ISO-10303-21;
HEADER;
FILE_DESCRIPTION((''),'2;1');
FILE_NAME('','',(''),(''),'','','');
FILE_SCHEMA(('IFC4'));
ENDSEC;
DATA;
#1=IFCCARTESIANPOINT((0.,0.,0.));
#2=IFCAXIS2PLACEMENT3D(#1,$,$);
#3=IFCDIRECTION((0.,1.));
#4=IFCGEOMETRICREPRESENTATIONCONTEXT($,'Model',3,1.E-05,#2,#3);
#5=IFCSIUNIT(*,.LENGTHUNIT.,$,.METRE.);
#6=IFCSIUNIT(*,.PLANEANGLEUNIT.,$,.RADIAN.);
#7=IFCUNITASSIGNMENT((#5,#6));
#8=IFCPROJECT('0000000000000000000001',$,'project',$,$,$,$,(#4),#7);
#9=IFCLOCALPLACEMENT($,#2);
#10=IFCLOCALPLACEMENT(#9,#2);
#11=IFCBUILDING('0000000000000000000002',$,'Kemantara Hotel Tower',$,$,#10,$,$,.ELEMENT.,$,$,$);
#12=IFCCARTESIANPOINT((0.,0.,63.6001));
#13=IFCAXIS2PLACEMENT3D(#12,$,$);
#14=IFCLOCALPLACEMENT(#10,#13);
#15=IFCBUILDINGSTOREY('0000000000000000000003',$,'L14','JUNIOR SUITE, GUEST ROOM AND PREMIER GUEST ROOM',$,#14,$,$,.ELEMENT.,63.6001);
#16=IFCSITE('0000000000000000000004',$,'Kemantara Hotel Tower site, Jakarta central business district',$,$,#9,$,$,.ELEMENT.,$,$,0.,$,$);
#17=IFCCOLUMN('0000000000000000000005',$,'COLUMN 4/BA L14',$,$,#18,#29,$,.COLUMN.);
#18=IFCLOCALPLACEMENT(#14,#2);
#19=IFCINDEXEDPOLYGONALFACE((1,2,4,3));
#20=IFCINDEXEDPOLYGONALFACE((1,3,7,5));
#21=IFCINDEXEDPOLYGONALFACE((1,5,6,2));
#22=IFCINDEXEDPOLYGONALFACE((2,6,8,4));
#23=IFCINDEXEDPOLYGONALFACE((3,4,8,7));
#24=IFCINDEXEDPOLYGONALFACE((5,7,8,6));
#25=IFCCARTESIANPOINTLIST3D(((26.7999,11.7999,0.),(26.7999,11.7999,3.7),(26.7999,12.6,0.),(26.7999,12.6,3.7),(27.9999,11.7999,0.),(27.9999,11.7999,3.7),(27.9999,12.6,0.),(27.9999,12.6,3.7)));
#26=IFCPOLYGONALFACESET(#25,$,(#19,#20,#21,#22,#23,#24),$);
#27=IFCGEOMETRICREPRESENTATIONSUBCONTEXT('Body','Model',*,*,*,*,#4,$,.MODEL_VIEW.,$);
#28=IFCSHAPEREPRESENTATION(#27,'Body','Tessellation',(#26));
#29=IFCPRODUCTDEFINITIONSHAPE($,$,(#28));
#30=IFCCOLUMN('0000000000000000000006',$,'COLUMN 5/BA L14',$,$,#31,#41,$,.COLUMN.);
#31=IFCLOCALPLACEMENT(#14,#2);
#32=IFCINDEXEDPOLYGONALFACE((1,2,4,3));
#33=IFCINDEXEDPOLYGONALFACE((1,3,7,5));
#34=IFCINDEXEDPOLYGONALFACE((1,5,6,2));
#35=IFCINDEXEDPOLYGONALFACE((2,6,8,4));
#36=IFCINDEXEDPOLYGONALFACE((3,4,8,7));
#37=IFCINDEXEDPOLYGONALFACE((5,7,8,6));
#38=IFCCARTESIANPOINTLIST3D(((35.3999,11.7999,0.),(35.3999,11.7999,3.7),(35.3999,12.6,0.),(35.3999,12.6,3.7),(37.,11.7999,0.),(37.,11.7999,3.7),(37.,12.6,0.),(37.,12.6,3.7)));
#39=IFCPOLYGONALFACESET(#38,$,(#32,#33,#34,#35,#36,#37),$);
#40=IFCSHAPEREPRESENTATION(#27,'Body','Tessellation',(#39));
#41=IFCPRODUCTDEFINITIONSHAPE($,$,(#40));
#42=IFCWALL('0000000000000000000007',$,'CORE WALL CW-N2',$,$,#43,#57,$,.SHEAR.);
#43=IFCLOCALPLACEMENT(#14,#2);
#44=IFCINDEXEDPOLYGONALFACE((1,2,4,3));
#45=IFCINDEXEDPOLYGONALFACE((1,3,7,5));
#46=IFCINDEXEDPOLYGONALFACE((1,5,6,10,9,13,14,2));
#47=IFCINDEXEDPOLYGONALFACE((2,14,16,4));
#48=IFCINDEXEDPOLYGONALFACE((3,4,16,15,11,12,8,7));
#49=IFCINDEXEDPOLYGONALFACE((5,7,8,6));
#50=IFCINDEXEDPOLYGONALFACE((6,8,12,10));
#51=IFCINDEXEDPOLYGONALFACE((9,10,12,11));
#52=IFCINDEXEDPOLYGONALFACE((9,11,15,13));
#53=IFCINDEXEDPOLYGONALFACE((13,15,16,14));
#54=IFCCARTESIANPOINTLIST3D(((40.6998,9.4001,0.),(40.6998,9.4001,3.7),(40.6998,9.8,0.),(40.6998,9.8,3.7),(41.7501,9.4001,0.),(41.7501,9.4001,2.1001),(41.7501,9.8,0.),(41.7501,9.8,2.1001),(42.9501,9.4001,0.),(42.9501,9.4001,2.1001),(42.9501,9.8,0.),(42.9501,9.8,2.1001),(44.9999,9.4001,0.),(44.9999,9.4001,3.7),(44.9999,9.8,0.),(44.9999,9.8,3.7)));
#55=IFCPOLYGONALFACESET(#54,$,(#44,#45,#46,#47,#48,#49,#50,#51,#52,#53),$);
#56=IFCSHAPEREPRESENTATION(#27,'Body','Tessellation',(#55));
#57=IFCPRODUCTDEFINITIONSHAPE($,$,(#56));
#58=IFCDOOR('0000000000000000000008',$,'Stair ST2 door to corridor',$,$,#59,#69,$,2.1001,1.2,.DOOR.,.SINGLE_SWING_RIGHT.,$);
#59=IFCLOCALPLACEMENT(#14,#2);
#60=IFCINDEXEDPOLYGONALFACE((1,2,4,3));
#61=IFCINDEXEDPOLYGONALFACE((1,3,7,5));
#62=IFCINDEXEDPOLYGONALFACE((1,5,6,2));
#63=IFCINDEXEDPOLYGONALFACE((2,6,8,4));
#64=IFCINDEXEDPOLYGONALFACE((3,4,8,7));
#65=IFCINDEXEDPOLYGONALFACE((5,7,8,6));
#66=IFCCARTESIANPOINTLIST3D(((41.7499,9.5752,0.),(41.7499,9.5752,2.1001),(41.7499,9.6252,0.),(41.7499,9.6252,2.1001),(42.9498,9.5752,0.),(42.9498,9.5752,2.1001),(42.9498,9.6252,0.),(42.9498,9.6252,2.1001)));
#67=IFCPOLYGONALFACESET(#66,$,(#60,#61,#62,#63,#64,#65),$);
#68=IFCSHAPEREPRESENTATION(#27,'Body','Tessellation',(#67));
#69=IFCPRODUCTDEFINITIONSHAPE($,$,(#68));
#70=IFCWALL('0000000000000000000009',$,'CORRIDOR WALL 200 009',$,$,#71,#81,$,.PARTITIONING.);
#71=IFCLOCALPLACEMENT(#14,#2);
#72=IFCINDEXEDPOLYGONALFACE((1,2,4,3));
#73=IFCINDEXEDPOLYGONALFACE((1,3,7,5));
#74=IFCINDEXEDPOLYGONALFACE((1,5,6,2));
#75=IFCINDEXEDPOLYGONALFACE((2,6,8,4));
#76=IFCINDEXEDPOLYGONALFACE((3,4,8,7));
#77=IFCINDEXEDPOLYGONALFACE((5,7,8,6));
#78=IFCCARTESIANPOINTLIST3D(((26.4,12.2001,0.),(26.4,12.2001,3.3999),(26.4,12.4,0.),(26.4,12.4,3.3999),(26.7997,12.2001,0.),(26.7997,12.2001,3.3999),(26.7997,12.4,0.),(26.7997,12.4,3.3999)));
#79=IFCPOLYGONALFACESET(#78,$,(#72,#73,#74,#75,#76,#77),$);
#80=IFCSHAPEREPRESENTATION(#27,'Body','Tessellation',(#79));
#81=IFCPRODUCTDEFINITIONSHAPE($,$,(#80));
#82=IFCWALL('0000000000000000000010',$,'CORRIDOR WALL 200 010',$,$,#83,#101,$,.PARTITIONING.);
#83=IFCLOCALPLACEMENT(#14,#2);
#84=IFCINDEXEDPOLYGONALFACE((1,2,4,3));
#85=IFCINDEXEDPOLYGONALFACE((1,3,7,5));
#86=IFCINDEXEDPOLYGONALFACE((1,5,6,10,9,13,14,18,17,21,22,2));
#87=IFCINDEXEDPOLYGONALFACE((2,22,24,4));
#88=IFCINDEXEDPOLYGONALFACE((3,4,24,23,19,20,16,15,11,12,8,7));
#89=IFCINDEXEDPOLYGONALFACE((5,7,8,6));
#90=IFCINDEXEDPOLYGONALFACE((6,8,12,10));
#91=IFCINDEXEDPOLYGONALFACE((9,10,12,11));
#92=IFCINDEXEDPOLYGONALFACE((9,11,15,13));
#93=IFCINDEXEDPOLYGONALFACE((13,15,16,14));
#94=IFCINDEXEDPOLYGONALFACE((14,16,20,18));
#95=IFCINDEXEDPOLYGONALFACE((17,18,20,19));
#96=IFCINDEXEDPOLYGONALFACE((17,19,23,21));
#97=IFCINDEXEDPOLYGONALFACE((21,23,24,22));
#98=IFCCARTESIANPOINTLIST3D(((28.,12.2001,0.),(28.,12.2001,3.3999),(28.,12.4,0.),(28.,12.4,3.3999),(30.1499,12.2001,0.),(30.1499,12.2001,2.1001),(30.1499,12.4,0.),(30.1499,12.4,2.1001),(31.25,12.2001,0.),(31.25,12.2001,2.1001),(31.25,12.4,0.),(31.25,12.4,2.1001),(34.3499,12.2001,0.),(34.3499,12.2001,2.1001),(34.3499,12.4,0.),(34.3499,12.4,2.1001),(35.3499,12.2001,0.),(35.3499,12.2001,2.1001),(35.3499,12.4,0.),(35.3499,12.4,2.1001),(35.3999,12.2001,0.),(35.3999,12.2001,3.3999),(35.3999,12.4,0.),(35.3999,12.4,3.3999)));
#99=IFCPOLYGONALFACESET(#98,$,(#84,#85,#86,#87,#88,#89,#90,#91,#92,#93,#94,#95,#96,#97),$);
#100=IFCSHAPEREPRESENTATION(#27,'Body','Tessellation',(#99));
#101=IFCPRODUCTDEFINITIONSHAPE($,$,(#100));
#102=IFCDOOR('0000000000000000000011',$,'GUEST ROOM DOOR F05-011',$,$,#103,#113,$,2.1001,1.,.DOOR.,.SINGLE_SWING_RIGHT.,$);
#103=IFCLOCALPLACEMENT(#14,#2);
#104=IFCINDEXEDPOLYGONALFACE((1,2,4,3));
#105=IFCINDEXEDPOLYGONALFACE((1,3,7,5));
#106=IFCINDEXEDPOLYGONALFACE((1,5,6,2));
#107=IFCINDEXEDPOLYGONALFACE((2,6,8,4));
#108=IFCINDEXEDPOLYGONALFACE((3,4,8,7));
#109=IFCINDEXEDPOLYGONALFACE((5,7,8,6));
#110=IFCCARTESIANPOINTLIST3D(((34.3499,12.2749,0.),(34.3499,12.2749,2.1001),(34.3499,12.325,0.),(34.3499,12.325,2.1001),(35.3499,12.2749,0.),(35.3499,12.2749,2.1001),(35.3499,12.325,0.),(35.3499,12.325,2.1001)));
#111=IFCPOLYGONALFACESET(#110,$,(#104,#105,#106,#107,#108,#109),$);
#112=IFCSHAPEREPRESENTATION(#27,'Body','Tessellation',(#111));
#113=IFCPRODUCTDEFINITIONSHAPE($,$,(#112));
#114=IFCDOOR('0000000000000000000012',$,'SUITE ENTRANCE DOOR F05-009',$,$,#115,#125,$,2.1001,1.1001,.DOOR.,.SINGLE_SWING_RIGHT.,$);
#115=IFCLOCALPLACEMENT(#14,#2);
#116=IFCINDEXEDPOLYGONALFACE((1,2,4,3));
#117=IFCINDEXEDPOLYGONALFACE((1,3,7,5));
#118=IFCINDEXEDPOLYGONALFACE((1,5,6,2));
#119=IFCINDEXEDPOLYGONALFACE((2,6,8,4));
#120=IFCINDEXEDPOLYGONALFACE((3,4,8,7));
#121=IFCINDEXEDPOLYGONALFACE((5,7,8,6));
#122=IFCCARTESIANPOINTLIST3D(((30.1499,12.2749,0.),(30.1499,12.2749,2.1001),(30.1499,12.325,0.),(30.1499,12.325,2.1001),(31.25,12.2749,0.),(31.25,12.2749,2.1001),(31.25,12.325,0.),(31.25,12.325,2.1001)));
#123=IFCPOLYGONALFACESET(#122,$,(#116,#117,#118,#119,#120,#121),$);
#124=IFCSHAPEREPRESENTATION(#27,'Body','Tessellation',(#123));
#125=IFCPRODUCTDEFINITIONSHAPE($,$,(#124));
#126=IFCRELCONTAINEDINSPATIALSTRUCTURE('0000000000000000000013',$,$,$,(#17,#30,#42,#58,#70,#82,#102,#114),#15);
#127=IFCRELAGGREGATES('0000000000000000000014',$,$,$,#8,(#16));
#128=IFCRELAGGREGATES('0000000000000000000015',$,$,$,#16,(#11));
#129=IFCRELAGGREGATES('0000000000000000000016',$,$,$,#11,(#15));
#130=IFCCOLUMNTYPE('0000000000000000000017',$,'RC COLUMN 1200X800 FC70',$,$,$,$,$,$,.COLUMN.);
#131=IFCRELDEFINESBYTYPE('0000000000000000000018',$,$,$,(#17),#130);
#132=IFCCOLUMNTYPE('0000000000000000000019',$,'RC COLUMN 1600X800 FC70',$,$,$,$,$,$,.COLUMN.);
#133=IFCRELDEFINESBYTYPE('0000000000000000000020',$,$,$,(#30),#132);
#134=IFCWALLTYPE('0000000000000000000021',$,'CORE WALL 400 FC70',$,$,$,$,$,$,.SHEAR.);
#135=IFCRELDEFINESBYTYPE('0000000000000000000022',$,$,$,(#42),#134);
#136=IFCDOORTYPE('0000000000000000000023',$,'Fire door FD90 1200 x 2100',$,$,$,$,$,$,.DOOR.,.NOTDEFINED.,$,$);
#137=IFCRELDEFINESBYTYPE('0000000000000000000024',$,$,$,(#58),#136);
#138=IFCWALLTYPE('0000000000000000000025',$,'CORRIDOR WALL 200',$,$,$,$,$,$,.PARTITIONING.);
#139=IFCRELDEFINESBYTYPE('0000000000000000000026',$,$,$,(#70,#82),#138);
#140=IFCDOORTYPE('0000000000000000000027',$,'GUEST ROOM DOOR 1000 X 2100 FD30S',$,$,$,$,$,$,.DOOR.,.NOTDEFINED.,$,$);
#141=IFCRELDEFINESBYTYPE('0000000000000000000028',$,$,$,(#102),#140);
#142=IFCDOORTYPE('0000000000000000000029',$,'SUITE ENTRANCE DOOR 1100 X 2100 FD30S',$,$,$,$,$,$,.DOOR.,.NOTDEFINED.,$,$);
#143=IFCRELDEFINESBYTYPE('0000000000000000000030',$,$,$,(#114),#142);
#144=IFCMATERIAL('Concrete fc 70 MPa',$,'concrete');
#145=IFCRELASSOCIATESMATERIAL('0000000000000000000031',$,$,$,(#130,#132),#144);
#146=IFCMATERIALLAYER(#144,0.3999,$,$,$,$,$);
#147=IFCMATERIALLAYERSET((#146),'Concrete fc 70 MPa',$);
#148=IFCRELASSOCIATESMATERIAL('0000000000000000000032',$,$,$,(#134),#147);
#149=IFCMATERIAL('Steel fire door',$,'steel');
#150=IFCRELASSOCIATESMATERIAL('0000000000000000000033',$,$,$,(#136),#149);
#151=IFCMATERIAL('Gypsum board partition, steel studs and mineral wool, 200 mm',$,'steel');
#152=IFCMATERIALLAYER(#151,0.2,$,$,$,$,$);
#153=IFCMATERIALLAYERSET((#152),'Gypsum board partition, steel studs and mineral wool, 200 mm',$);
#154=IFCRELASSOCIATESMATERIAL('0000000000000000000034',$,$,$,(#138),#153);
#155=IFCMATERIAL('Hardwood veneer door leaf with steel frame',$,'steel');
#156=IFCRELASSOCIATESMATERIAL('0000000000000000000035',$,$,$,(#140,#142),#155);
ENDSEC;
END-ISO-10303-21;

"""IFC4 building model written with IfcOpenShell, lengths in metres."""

from ifc_helpers import new_model, si_unit, direction, frame, frame_2d, origin, origin_2d, place, context, subcontext, project, spatial, rectangle, extrude, material, layer, layer_set, material_profile, profile_set, type_object, element, fill, save


model = new_model("IFC4")

# Units and contexts
model_context = context("Model", 3, precision=1e-05, world=origin(), true_north=direction((0.0, 1.0)))
body_context = subcontext(model_context, "Body", "Model", "MODEL_VIEW")
ifc_project = project(units=[si_unit("LENGTHUNIT", "METRE"), si_unit("PLANEANGLEUNIT", "RADIAN")], contexts=[model_context])

# Site, building, storey
site_placement = place(None, origin())
site = spatial("IfcSite", under=ifc_project, at=site_placement, Name="Kemantara Hotel Tower site, Jakarta central business district", CompositionType="ELEMENT", RefElevation=0.0)
building_placement = place(site_placement, origin())
building = spatial("IfcBuilding", under=site, at=building_placement, Name="Kemantara Hotel Tower", CompositionType="ELEMENT")
storey_placement = place(building_placement, frame((0.0, 0.0, 63.6001)))
storey = spatial("IfcBuildingStorey", under=building, at=storey_placement, Name="L14", Description="JUNIOR SUITE, GUEST ROOM AND PREMIER GUEST ROOM", CompositionType="ELEMENT", Elevation=63.6001)

# Columns
ifc_material_1 = material(Name="Concrete fc 70 MPa", Category="concrete")
ifc_material_profile_1 = material_profile(ifc_material_1, rectangle(XDim=1.2, YDim=0.8, at=origin_2d()), Name="RC 1200X800")
ifc_profile_set_1 = profile_set([ifc_material_profile_1], Name="Concrete fc 70 MPa")
column_type_1 = type_object("IfcColumnType", Name="RC COLUMN 1200X800 FC70", PredefinedType="COLUMN", material=ifc_profile_set_1)
column_1_placement = place(storey_placement, frame((27.3999, 12.2, 0.0), z_axis=(0.0, 0.0, 1.0), x_axis=(1.0, 0.0, 0.0)))
element("IfcColumn", 1, at=column_1_placement, inside=storey, type_object=column_type_1, Name="COLUMN 4/BA L14", PredefinedType="COLUMN", context=body_context, shape_type="SweptSolid", body=[
    extrude(rectangle(XDim=1.2, YDim=0.8, at=origin_2d()), origin(), (0.0, 0.0, 1.0), 3.7),
])
ifc_material_profile_2 = material_profile(ifc_material_1, rectangle(XDim=1.6001, YDim=0.8, at=origin_2d()), Name="RC 1600X800")
ifc_profile_set_2 = profile_set([ifc_material_profile_2], Name="Concrete fc 70 MPa")
column_type_2 = type_object("IfcColumnType", Name="RC COLUMN 1600X800 FC70", PredefinedType="COLUMN", material=ifc_profile_set_2)
column_2_placement = place(storey_placement, frame((36.2, 12.2, 0.0), z_axis=(0.0, 0.0, 1.0), x_axis=(1.0, 0.0, 0.0)))
element("IfcColumn", 2, at=column_2_placement, inside=storey, type_object=column_type_2, Name="COLUMN 5/BA L14", PredefinedType="COLUMN", context=body_context, shape_type="SweptSolid", body=[
    extrude(rectangle(XDim=1.6001, YDim=0.8, at=origin_2d()), origin(), (0.0, 0.0, 1.0), 3.7),
])

# Wall, opening, door
ifc_layer_1 = layer(ifc_material_1, 0.3999)
ifc_layer_set_1 = layer_set([ifc_layer_1], Name="Concrete fc 70 MPa")
wall_type_1 = type_object("IfcWallType", Name="CORE WALL 400 FC70", PredefinedType="SHEAR", material=ifc_layer_set_1)
wall_1_placement = place(storey_placement, frame((40.7, 9.6001, 0.0), z_axis=(0.0, 0.0, 1.0), x_axis=(1.0, 0.0, 0.0)))
wall_1 = element("IfcWall", 3, at=wall_1_placement, inside=storey, type_object=wall_type_1, Name="CORE WALL CW-N2", PredefinedType="SHEAR", context=body_context, shape_type="SweptSolid", body=[
    extrude(rectangle(XDim=4.3, YDim=0.3999, at=frame_2d((2.1499, 0.0))), origin(), (0.0, 0.0, 1.0), 3.7),
])
opening_1_placement = place(wall_1_placement, frame((1.05, 0.0, 0.0)))
opening_1 = element("IfcOpeningElement", 4, at=opening_1_placement, cuts=wall_1, PredefinedType="OPENING", context=body_context, shape_type="SweptSolid", body=[
    extrude(rectangle(XDim=1.2, YDim=2.1001, at=frame_2d((0.6001, 1.05))), frame((0.0, 0.21, 0.0), z_axis=(0.0, -1.0, 0.0), x_axis=(1.0, 0.0, 0.0)), (0.0, 0.0, 1.0), 0.4199),
])
ifc_material_2 = material(Name="Steel fire door", Category="steel")
door_type_1 = type_object("IfcDoorType", Name="Fire door FD90 1200 x 2100", OperationType="NOTDEFINED", PredefinedType="DOOR", material=ifc_material_2)
door_1_placement = place(opening_1_placement, frame((1.2, 0.0, 0.0), z_axis=(0.0, 0.0, 1.0), x_axis=(-1.0, 0.0, 0.0)))
door_1 = element("IfcDoor", 5, at=door_1_placement, inside=storey, type_object=door_type_1, Name="Stair ST2 door to corridor", OperationType="SINGLE_SWING_RIGHT", OverallHeight=2.1001, OverallWidth=1.2, PredefinedType="DOOR", context=body_context, shape_type="SweptSolid", body=[
    extrude(rectangle(XDim=1.2, YDim=2.1001, at=frame_2d((0.6001, 1.05))), frame((0.0, 0.0249, 0.0), z_axis=(0.0, -1.0, 0.0), x_axis=(1.0, 0.0, 0.0)), (0.0, 0.0, 1.0), 0.05),
])
fill(opening_1, door_1)

# Wall
ifc_material_3 = material(Name="Gypsum board partition, steel studs and mineral wool, 200 mm", Category="steel")
ifc_layer_2 = layer(ifc_material_3, 0.2)
ifc_layer_set_2 = layer_set([ifc_layer_2], Name="Gypsum board partition, steel studs and mineral wool, 200 mm")
wall_type_2 = type_object("IfcWallType", Name="CORRIDOR WALL 200", PredefinedType="PARTITIONING", material=ifc_layer_set_2)
wall_2_placement = place(storey_placement, frame((26.4001, 12.3, 0.0), z_axis=(0.0, 0.0, 1.0), x_axis=(1.0, 0.0, 0.0)))
element("IfcWall", 6, at=wall_2_placement, inside=storey, type_object=wall_type_2, Name="CORRIDOR WALL 200 009", PredefinedType="PARTITIONING", context=body_context, shape_type="SweptSolid", body=[
    extrude(rectangle(XDim=0.3997, YDim=0.2, at=frame_2d((0.1997, 0.0))), origin(), (0.0, 0.0, 1.0), 3.3999),
])

# Wall, openings, doors
wall_3_placement = place(storey_placement, frame((28.0, 12.3, 0.0), z_axis=(0.0, 0.0, 1.0), x_axis=(1.0, 0.0, 0.0)))
wall_3 = element("IfcWall", 7, at=wall_3_placement, inside=storey, type_object=wall_type_2, Name="CORRIDOR WALL 200 010", PredefinedType="PARTITIONING", context=body_context, shape_type="SweptSolid", body=[
    extrude(rectangle(XDim=7.3999, YDim=0.2, at=frame_2d((3.7, 0.0))), origin(), (0.0, 0.0, 1.0), 3.3999),
])
opening_2_placement = place(wall_3_placement, frame((2.1499, 0.0, 0.0)))
opening_2 = element("IfcOpeningElement", 8, at=opening_2_placement, cuts=wall_3, PredefinedType="OPENING", context=body_context, shape_type="SweptSolid", body=[
    extrude(rectangle(XDim=1.1001, YDim=2.1001, at=frame_2d((0.55, 1.05))), frame((0.0, 0.1099, 0.0), z_axis=(0.0, -1.0, 0.0), x_axis=(1.0, 0.0, 0.0)), (0.0, 0.0, 1.0), 0.22),
])
opening_3_placement = place(wall_3_placement, frame((6.3499, 0.0, 0.0)))
opening_3 = element("IfcOpeningElement", 9, at=opening_3_placement, cuts=wall_3, PredefinedType="OPENING", context=body_context, shape_type="SweptSolid", body=[
    extrude(rectangle(XDim=1.0, YDim=2.1001, at=frame_2d((0.5, 1.05))), frame((0.0, 0.1099, 0.0), z_axis=(0.0, -1.0, 0.0), x_axis=(1.0, 0.0, 0.0)), (0.0, 0.0, 1.0), 0.22),
])
ifc_material_4 = material(Name="Hardwood veneer door leaf with steel frame", Category="steel")
door_type_2 = type_object("IfcDoorType", Name="GUEST ROOM DOOR 1000 X 2100 FD30S", OperationType="NOTDEFINED", PredefinedType="DOOR", material=ifc_material_4)
door_2_placement = place(opening_3_placement, origin())
door_2 = element("IfcDoor", 10, at=door_2_placement, inside=storey, type_object=door_type_2, Name="GUEST ROOM DOOR F05-011", OperationType="SINGLE_SWING_RIGHT", OverallHeight=2.1001, OverallWidth=1.0, PredefinedType="DOOR", context=body_context, shape_type="SweptSolid", body=[
    extrude(rectangle(XDim=1.0, YDim=2.1001, at=frame_2d((0.5, 1.05))), frame((0.0, 0.0249, 0.0), z_axis=(0.0, -1.0, 0.0), x_axis=(1.0, 0.0, 0.0)), (0.0, 0.0, 1.0), 0.05),
])
fill(opening_3, door_2)
door_type_3 = type_object("IfcDoorType", Name="SUITE ENTRANCE DOOR 1100 X 2100 FD30S", OperationType="NOTDEFINED", PredefinedType="DOOR", material=ifc_material_4)
door_3_placement = place(opening_2_placement, origin())
door_3 = element("IfcDoor", 11, at=door_3_placement, inside=storey, type_object=door_type_3, Name="SUITE ENTRANCE DOOR F05-009", OperationType="SINGLE_SWING_RIGHT", OverallHeight=2.1001, OverallWidth=1.1001, PredefinedType="DOOR", context=body_context, shape_type="SweptSolid", body=[
    extrude(rectangle(XDim=1.1001, YDim=2.1001, at=frame_2d((0.55, 1.05))), frame((0.0, 0.0249, 0.0), z_axis=(0.0, -1.0, 0.0), x_axis=(1.0, 0.0, 0.0)), (0.0, 0.0, 1.0), 0.05),
])
fill(opening_2, door_3)

save(model, "model.ifc")
